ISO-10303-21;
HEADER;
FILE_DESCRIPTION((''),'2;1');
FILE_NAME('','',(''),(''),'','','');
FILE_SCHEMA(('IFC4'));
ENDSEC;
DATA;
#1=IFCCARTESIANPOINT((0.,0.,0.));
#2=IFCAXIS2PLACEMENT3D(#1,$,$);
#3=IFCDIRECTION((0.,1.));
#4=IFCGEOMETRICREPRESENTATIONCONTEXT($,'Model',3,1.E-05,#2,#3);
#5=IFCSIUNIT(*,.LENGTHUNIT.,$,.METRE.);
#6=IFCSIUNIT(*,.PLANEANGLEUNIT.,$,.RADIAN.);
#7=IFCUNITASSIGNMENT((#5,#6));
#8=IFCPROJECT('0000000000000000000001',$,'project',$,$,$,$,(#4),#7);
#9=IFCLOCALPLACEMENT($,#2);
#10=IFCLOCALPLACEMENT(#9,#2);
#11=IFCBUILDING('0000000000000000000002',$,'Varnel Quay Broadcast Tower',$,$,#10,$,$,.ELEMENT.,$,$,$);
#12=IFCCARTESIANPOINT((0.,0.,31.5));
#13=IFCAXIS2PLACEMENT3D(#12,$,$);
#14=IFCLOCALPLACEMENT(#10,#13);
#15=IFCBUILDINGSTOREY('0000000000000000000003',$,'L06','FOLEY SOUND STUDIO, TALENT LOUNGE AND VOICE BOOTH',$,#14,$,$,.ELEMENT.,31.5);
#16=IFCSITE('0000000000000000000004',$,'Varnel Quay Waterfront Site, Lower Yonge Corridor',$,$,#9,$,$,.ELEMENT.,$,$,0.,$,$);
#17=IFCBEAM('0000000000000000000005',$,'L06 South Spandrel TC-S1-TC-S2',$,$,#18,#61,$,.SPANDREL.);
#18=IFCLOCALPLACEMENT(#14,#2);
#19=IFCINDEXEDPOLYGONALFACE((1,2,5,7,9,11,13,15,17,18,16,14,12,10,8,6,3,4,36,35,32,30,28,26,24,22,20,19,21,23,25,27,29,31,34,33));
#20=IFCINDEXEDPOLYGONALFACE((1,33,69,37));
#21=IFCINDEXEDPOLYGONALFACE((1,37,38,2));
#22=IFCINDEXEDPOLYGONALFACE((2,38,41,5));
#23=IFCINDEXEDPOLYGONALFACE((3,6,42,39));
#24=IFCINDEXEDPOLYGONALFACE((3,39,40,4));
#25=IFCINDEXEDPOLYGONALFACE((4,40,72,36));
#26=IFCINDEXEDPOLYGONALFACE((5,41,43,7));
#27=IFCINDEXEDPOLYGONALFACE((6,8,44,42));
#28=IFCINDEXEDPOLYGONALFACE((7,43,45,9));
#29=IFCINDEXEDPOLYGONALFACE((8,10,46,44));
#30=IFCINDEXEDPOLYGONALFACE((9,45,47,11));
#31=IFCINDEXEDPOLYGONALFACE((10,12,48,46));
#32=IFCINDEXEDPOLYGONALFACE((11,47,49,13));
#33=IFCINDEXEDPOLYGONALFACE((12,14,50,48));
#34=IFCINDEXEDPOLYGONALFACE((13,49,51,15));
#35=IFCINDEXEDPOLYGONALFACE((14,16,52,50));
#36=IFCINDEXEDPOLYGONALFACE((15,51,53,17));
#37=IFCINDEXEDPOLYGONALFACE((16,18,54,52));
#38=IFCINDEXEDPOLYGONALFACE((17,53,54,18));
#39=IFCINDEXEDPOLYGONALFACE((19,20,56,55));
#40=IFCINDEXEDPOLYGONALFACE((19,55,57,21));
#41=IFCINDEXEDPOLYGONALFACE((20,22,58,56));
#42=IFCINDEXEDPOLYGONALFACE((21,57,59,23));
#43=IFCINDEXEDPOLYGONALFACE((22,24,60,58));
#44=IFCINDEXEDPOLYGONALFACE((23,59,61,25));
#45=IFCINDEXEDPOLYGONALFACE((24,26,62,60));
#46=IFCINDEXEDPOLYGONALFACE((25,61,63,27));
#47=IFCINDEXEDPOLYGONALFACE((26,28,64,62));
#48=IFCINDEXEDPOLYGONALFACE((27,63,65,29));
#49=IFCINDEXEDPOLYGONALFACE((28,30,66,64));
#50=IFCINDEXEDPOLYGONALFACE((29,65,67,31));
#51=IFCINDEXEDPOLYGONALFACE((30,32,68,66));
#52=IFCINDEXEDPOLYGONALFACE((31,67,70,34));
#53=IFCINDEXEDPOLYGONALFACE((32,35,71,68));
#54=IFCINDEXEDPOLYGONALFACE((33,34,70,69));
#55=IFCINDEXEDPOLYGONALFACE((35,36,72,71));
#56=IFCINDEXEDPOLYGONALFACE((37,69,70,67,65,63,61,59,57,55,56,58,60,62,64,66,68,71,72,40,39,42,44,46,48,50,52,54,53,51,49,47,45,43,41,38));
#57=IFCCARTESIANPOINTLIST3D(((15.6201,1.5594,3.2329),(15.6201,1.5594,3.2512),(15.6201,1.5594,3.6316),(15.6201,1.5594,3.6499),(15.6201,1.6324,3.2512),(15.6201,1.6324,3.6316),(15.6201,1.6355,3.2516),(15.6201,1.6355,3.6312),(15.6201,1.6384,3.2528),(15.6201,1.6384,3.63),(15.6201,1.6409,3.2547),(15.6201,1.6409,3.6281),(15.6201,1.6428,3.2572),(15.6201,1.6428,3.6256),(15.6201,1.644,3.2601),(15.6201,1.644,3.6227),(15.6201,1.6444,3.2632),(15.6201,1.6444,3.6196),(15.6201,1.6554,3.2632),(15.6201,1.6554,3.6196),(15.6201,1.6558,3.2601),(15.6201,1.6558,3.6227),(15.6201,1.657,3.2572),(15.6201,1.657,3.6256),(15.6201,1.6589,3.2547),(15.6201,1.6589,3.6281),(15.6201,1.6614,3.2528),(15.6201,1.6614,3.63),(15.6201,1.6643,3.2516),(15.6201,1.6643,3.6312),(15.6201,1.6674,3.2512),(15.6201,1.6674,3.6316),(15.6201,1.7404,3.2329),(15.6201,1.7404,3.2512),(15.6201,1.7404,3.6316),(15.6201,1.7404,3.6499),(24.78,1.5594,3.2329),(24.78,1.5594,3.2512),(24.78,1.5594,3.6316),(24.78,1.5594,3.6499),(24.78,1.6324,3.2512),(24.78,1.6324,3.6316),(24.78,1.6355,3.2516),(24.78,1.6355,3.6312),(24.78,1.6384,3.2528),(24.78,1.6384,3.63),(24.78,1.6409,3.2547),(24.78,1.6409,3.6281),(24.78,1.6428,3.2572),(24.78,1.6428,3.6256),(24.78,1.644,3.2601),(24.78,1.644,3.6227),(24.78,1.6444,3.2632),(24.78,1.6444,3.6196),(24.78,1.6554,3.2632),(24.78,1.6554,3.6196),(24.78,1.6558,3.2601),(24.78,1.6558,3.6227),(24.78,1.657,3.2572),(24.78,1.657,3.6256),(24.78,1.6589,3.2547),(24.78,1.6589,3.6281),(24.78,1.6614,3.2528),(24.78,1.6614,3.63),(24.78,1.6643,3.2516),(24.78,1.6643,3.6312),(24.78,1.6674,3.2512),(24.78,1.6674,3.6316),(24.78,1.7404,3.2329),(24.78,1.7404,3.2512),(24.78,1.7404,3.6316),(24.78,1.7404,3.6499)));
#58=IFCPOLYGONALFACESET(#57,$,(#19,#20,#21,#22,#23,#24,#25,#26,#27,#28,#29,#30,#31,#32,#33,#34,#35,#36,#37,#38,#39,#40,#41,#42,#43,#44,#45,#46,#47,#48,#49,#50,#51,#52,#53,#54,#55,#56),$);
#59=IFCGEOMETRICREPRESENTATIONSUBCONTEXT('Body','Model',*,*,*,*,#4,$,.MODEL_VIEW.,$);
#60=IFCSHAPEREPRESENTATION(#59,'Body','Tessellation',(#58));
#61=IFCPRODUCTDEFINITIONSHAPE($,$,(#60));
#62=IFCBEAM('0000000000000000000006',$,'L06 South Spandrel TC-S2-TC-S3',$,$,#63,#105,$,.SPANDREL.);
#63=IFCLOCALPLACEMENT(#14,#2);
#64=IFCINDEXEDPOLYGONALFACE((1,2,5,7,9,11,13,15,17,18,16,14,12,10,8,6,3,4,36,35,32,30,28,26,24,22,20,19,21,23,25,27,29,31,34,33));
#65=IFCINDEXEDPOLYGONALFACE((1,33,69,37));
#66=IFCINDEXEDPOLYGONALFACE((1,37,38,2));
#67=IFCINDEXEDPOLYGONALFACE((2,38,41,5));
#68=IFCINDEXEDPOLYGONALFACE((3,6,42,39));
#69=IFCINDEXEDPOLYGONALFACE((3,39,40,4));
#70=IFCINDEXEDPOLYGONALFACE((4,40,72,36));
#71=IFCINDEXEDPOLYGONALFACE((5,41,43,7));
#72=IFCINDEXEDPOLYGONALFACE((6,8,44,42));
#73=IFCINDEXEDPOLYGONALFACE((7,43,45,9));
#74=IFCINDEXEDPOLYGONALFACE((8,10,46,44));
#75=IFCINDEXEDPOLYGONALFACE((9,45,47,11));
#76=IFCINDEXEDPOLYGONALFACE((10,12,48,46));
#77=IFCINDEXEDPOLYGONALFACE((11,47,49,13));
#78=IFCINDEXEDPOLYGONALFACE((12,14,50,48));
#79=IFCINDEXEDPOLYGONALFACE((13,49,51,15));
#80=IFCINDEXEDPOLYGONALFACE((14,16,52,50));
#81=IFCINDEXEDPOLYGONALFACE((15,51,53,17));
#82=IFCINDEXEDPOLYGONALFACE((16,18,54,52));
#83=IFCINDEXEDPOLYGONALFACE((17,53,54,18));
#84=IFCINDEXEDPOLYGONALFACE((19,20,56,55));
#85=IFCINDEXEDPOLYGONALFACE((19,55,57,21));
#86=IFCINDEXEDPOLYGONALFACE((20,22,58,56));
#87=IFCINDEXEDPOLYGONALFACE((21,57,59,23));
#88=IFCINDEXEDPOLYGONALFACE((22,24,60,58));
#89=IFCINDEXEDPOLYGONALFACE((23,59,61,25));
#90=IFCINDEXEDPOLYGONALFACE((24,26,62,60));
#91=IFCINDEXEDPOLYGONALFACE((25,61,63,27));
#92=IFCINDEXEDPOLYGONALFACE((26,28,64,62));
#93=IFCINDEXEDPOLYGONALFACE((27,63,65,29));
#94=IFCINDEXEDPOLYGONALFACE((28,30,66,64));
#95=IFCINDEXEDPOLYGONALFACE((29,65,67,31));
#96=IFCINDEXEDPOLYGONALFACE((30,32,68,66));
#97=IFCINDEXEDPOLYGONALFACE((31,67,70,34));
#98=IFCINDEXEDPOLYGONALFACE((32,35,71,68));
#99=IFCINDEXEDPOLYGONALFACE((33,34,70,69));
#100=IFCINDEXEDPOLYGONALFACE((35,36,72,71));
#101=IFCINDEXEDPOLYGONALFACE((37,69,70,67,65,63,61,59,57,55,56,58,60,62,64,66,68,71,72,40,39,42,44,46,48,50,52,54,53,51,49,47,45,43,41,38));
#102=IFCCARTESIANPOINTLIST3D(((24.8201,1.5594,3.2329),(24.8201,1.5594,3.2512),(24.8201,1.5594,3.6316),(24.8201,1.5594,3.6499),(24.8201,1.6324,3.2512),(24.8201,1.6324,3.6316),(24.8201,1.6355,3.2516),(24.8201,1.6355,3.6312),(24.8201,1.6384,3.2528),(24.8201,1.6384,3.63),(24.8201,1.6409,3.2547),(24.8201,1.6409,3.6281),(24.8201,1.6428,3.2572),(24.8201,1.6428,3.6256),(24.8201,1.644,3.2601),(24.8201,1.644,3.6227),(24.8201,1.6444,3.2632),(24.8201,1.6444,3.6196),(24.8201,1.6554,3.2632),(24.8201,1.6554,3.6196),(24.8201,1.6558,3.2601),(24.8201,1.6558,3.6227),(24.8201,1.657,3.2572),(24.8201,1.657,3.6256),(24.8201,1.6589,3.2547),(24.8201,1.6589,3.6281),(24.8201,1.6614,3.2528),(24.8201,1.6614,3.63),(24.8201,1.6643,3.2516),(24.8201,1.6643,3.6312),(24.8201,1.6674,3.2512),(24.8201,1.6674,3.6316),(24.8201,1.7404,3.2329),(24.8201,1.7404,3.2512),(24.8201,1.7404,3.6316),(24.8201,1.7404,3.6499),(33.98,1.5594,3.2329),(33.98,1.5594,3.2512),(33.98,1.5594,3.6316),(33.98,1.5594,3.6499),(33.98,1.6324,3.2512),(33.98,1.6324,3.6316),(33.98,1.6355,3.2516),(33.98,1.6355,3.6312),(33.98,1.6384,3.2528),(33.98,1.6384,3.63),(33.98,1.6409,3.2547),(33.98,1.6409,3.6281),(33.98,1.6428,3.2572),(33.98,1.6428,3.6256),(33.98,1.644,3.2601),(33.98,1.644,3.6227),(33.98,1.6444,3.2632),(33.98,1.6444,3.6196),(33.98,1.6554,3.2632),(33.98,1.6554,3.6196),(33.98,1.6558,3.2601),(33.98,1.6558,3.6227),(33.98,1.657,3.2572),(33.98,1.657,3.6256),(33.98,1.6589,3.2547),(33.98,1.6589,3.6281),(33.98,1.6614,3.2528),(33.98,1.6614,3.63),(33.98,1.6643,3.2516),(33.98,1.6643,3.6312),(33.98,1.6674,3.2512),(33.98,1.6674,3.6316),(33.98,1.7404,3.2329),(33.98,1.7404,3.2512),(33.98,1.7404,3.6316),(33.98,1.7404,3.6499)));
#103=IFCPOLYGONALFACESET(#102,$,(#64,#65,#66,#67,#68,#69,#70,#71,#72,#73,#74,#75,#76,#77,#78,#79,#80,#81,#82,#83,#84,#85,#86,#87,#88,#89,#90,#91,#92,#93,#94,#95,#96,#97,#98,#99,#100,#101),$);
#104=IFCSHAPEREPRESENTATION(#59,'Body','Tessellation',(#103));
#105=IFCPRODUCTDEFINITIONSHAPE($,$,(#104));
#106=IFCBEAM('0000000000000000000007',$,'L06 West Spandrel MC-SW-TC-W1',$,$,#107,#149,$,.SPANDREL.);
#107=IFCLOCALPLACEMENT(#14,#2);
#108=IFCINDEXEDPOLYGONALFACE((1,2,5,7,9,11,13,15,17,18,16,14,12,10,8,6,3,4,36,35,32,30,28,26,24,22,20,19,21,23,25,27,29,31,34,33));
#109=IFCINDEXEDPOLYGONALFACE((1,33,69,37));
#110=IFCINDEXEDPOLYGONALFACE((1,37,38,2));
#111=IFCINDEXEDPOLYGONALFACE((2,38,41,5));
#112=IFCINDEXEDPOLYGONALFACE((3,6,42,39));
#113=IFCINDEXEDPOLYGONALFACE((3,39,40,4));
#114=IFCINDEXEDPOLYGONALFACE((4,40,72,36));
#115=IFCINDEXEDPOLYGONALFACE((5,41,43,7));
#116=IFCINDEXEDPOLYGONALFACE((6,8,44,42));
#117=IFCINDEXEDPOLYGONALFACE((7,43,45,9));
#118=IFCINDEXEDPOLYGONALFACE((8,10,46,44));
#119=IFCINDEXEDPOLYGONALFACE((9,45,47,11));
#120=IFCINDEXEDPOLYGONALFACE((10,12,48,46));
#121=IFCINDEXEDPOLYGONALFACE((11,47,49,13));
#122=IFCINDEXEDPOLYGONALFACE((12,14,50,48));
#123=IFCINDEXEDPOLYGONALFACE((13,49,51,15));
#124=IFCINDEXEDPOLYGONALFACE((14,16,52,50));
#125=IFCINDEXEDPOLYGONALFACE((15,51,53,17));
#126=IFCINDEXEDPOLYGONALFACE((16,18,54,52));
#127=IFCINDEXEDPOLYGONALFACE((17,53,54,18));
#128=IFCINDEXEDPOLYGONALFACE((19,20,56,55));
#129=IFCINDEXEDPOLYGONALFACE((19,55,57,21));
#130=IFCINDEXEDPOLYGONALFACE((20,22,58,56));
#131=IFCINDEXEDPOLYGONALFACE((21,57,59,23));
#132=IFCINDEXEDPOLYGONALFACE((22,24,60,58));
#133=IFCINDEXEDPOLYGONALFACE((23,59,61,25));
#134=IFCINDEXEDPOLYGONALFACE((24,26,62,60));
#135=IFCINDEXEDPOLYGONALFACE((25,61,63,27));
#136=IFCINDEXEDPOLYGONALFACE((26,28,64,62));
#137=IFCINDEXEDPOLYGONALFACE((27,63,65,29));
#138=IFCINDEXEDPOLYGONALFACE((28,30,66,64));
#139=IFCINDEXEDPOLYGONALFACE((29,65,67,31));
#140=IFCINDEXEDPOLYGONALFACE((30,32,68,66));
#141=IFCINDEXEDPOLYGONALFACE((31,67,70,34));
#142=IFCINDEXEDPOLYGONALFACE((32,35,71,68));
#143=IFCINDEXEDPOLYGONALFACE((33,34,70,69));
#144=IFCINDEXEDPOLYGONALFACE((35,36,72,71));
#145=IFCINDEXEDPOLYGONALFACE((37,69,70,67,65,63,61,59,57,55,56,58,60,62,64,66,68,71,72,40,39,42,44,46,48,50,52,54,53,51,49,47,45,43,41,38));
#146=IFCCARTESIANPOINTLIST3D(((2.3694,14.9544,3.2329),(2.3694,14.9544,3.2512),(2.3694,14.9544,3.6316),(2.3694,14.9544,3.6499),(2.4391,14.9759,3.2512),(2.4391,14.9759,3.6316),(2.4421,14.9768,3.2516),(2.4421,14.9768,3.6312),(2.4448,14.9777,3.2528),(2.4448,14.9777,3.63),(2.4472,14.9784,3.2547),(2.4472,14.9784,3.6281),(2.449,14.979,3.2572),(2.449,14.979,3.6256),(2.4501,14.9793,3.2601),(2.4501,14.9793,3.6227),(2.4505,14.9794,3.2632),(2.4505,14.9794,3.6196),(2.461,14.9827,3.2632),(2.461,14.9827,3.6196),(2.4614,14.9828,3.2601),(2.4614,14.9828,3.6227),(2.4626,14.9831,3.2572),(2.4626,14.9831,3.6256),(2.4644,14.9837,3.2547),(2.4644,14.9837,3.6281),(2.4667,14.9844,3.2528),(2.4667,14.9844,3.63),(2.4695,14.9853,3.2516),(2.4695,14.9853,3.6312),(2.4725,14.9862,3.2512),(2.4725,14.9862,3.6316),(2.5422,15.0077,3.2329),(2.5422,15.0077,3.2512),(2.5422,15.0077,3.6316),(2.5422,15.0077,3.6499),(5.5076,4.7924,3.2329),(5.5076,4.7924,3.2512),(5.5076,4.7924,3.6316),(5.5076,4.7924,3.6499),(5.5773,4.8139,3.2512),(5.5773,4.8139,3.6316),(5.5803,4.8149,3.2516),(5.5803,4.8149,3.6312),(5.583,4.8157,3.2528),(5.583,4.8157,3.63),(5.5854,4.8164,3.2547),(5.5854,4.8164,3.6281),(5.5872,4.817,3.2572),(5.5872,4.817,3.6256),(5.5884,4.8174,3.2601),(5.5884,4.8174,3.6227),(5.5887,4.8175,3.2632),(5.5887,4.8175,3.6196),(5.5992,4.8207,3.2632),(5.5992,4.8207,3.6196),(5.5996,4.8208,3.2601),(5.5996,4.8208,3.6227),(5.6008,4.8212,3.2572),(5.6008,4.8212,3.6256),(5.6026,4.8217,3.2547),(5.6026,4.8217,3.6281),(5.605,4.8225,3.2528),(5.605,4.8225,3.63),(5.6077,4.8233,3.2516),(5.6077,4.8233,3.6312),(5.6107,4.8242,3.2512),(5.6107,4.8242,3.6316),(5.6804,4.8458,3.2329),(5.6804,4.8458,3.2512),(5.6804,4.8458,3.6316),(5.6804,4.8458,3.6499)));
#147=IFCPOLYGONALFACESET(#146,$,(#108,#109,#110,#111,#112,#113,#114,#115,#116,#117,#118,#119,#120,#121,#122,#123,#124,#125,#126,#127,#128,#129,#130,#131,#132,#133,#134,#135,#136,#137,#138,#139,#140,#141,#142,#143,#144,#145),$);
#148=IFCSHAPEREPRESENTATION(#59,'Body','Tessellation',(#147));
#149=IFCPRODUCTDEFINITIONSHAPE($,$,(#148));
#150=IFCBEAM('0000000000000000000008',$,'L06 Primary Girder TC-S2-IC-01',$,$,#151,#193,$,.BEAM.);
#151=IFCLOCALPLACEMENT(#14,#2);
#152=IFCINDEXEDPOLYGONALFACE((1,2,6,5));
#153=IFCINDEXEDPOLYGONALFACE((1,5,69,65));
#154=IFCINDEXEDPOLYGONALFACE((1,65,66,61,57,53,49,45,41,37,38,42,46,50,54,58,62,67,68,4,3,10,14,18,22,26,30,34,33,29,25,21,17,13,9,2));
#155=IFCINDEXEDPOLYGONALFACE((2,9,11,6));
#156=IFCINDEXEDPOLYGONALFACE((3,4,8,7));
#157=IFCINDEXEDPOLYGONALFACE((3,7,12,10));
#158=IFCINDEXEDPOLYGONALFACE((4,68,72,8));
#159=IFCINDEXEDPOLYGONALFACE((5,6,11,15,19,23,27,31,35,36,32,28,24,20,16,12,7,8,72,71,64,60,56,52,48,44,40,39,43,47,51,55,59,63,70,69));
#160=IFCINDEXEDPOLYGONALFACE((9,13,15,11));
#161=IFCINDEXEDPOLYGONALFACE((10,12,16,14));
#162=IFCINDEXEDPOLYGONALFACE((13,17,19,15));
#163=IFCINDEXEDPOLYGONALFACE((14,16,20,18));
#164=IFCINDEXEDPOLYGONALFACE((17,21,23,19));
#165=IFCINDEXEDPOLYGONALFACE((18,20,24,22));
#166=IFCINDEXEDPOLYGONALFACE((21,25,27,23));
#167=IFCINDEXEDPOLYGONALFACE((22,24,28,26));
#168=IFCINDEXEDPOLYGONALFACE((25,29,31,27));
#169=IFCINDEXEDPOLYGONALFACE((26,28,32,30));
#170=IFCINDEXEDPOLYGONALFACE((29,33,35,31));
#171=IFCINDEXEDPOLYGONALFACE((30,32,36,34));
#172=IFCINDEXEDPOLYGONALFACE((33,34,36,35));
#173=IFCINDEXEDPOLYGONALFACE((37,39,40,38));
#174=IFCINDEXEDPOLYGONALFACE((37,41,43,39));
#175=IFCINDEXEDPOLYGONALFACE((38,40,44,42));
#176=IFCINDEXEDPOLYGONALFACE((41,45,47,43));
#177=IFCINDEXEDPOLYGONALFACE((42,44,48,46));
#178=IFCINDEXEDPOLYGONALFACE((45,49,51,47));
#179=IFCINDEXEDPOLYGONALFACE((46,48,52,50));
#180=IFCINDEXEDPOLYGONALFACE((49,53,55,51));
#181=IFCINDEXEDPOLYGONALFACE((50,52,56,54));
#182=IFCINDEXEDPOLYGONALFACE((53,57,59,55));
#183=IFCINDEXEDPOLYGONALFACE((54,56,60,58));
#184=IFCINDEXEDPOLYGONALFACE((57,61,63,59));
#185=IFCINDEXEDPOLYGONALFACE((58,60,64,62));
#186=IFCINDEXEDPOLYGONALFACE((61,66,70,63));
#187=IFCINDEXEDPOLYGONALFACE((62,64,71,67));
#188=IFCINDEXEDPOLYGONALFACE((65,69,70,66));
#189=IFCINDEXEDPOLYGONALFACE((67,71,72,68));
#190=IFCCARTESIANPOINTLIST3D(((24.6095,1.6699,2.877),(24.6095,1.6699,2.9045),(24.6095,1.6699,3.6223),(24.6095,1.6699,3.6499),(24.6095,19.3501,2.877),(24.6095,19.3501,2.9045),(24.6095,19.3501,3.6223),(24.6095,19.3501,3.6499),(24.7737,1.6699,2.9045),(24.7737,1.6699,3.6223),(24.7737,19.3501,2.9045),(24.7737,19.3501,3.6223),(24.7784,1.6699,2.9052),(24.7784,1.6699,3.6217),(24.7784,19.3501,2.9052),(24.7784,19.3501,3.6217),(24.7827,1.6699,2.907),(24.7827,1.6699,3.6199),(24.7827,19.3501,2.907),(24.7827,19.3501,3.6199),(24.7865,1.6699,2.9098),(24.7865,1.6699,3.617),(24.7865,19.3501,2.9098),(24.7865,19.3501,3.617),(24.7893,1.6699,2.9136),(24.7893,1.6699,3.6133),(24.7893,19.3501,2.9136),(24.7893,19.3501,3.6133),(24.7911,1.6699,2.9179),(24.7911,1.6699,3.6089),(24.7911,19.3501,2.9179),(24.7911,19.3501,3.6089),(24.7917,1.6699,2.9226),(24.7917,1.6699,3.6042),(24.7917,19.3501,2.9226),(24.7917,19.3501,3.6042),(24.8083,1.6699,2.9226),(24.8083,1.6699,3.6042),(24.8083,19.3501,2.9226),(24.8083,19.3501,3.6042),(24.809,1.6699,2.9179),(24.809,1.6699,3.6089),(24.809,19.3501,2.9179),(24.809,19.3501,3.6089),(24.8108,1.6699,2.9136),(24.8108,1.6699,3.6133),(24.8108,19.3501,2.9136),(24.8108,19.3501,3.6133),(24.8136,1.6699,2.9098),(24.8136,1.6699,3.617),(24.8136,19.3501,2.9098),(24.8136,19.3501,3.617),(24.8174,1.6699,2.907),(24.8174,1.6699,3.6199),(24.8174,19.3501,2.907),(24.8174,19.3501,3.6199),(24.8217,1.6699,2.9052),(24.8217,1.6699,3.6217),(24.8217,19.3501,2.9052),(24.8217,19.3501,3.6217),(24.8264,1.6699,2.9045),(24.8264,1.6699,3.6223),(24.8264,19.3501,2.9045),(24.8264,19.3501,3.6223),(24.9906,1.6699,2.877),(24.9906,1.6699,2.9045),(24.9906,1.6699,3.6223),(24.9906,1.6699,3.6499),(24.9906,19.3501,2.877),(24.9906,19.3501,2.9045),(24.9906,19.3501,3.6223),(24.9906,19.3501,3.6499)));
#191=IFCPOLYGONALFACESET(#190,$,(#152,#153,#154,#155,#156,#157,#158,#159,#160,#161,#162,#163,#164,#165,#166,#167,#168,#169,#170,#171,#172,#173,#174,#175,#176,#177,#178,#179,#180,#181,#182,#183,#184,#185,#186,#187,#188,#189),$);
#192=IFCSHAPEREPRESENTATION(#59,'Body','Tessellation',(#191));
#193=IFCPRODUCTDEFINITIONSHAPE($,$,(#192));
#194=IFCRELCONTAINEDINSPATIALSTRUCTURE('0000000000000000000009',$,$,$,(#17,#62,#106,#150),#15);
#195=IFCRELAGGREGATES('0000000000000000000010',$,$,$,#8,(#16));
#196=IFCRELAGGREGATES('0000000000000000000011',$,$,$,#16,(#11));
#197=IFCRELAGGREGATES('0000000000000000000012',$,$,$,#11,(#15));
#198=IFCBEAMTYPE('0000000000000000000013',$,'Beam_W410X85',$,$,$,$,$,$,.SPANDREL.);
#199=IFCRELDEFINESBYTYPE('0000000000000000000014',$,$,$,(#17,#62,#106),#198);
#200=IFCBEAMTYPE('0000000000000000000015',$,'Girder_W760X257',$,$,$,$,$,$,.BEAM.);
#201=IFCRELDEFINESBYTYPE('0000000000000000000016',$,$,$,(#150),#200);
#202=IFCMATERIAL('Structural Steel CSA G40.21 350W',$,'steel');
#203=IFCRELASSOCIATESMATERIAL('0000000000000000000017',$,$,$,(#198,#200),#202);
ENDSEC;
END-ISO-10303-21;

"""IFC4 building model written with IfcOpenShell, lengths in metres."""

from ifc_helpers import new_model, si_unit, direction, frame, origin, origin_2d, place, context, subcontext, project, spatial, i_section, extrude, source, transform, mapped, material, material_profile, profile_set, type_object, type_shapes, element, save


model = new_model("IFC4")

# Units and contexts
model_context = context("Model", 3, precision=1e-05, world=origin(), true_north=direction((0.0, 1.0)))
body_context = subcontext(model_context, "Body", "Model", "MODEL_VIEW")
ifc_project = project(units=[si_unit("LENGTHUNIT", "METRE"), si_unit("PLANEANGLEUNIT", "RADIAN")], contexts=[model_context])

# Site, building, storey
site_placement = place(None, origin())
site = spatial("IfcSite", under=ifc_project, at=site_placement, Name="Varnel Quay Waterfront Site, Lower Yonge Corridor", CompositionType="ELEMENT", RefElevation=0.0)
building_placement = place(site_placement, origin())
building = spatial("IfcBuilding", under=site, at=building_placement, Name="Varnel Quay Broadcast Tower", CompositionType="ELEMENT")
storey_placement = place(building_placement, frame((0.0, 0.0, 31.5)))
storey = spatial("IfcBuildingStorey", under=building, at=storey_placement, Name="L06", Description="FOLEY SOUND STUDIO, TALENT LOUNGE AND VOICE BOOTH", CompositionType="ELEMENT", Elevation=31.5)

# Shared definitions
ifc_material_1 = material(Name="Structural Steel CSA G40.21 350W", Category="steel")

# Beams
ifc_material_profile_1 = material_profile(ifc_material_1, i_section(OverallWidth=0.1809, OverallDepth=0.417, WebThickness=0.011, FlangeThickness=0.0183, FilletRadius=0.012, at=origin_2d()), Name="W410X85")
ifc_profile_set_1 = profile_set([ifc_material_profile_1], Name="Structural Steel CSA G40.21 350W")
beam_type_1 = type_object("IfcBeamType", Name="Beam_W410X85", PredefinedType="SPANDREL", material=ifc_profile_set_1)
shared_shape_1 = source(origin(), body_context, "Body", "SweptSolid", [
    extrude(i_section(OverallWidth=0.1809, OverallDepth=0.417, WebThickness=0.011, FlangeThickness=0.0183, FilletRadius=0.012, at=origin_2d()), origin(), (0.0, 0.0, 1.0), 9.1599),
])
for number, where, z_axis, x_axis, name in (
    (1, (15.6201, 1.6499, 3.4414), (1.0, 0.0, 0.0), (0.0, 1.0, 0.0), "L06 South Spandrel TC-S1-TC-S2"),
    (2, (24.8201, 1.6499, 3.4414), (1.0, 0.0, 0.0), (0.0, 1.0, 0.0), "L06 South Spandrel TC-S2-TC-S3"),
):
    element("IfcBeam", number, at=place(storey_placement, frame(where, z_axis=z_axis, x_axis=x_axis)), inside=storey, type_object=beam_type_1, Name=name, PredefinedType="SPANDREL", context=body_context, shape_type="MappedRepresentation", body=[
        mapped(shared_shape_1, transform((0.0, 0.0, 0.0), x_axis=(1.0, 0.0, 0.0), y_axis=(0.0, 1.0, 0.0), z_axis=(0.0, 0.0, 1.0), scale=1.0)),
    ])
shared_shape_2 = source(origin(), body_context, "Body", "SweptSolid", [
    extrude(i_section(OverallWidth=0.1809, OverallDepth=0.417, WebThickness=0.011, FlangeThickness=0.0183, FilletRadius=0.012, at=origin_2d()), origin(), (0.0, 0.0, 1.0), 10.6355),
])
beam_1_placement = place(storey_placement, frame((5.594, 4.8191, 3.4414), z_axis=(-0.29507, 0.955476, 0.0), x_axis=(-0.955476, -0.29507, 0.0)))
element("IfcBeam", 3, at=beam_1_placement, inside=storey, type_object=beam_type_1, Name="L06 West Spandrel MC-SW-TC-W1", PredefinedType="SPANDREL", context=body_context, shape_type="MappedRepresentation", body=[
    mapped(shared_shape_2, transform((0.0, 0.0, 0.0), x_axis=(1.0, 0.0, 0.0), y_axis=(0.0, 1.0, 0.0), z_axis=(0.0, 0.0, 1.0), scale=1.0)),
])
ifc_material_profile_2 = material_profile(ifc_material_1, i_section(OverallWidth=0.3811, OverallDepth=0.7729, WebThickness=0.0166, FlangeThickness=0.0276, FilletRadius=0.0181, at=origin_2d()), Name="W760X257")
ifc_profile_set_2 = profile_set([ifc_material_profile_2], Name="Structural Steel CSA G40.21 350W")
beam_type_2 = type_object("IfcBeamType", Name="Girder_W760X257", PredefinedType="BEAM", material=ifc_profile_set_2)
shared_shape_3 = source(origin(), body_context, "Body", "SweptSolid", [
    extrude(i_section(OverallWidth=0.3811, OverallDepth=0.7729, WebThickness=0.0166, FlangeThickness=0.0276, FilletRadius=0.0181, at=origin_2d()), origin(), (0.0, 0.0, 1.0), 17.6802),
])
type_shapes(beam_type_2, [shared_shape_3])
beam_2_placement = place(storey_placement, frame((24.8, 1.6699, 3.2634), z_axis=(0.0, 1.0, 0.0), x_axis=(-1.0, 0.0, 0.0)))
element("IfcBeam", 4, at=beam_2_placement, inside=storey, type_object=beam_type_2, Name="L06 Primary Girder TC-S2-IC-01", PredefinedType="BEAM", context=body_context, shape_type="MappedRepresentation", body=[
    mapped(shared_shape_3, transform((0.0, 0.0, 0.0), x_axis=(1.0, 0.0, 0.0), y_axis=(0.0, 1.0, 0.0), z_axis=(0.0, 0.0, 1.0), scale=1.0)),
])

save(model, "model.ifc")
